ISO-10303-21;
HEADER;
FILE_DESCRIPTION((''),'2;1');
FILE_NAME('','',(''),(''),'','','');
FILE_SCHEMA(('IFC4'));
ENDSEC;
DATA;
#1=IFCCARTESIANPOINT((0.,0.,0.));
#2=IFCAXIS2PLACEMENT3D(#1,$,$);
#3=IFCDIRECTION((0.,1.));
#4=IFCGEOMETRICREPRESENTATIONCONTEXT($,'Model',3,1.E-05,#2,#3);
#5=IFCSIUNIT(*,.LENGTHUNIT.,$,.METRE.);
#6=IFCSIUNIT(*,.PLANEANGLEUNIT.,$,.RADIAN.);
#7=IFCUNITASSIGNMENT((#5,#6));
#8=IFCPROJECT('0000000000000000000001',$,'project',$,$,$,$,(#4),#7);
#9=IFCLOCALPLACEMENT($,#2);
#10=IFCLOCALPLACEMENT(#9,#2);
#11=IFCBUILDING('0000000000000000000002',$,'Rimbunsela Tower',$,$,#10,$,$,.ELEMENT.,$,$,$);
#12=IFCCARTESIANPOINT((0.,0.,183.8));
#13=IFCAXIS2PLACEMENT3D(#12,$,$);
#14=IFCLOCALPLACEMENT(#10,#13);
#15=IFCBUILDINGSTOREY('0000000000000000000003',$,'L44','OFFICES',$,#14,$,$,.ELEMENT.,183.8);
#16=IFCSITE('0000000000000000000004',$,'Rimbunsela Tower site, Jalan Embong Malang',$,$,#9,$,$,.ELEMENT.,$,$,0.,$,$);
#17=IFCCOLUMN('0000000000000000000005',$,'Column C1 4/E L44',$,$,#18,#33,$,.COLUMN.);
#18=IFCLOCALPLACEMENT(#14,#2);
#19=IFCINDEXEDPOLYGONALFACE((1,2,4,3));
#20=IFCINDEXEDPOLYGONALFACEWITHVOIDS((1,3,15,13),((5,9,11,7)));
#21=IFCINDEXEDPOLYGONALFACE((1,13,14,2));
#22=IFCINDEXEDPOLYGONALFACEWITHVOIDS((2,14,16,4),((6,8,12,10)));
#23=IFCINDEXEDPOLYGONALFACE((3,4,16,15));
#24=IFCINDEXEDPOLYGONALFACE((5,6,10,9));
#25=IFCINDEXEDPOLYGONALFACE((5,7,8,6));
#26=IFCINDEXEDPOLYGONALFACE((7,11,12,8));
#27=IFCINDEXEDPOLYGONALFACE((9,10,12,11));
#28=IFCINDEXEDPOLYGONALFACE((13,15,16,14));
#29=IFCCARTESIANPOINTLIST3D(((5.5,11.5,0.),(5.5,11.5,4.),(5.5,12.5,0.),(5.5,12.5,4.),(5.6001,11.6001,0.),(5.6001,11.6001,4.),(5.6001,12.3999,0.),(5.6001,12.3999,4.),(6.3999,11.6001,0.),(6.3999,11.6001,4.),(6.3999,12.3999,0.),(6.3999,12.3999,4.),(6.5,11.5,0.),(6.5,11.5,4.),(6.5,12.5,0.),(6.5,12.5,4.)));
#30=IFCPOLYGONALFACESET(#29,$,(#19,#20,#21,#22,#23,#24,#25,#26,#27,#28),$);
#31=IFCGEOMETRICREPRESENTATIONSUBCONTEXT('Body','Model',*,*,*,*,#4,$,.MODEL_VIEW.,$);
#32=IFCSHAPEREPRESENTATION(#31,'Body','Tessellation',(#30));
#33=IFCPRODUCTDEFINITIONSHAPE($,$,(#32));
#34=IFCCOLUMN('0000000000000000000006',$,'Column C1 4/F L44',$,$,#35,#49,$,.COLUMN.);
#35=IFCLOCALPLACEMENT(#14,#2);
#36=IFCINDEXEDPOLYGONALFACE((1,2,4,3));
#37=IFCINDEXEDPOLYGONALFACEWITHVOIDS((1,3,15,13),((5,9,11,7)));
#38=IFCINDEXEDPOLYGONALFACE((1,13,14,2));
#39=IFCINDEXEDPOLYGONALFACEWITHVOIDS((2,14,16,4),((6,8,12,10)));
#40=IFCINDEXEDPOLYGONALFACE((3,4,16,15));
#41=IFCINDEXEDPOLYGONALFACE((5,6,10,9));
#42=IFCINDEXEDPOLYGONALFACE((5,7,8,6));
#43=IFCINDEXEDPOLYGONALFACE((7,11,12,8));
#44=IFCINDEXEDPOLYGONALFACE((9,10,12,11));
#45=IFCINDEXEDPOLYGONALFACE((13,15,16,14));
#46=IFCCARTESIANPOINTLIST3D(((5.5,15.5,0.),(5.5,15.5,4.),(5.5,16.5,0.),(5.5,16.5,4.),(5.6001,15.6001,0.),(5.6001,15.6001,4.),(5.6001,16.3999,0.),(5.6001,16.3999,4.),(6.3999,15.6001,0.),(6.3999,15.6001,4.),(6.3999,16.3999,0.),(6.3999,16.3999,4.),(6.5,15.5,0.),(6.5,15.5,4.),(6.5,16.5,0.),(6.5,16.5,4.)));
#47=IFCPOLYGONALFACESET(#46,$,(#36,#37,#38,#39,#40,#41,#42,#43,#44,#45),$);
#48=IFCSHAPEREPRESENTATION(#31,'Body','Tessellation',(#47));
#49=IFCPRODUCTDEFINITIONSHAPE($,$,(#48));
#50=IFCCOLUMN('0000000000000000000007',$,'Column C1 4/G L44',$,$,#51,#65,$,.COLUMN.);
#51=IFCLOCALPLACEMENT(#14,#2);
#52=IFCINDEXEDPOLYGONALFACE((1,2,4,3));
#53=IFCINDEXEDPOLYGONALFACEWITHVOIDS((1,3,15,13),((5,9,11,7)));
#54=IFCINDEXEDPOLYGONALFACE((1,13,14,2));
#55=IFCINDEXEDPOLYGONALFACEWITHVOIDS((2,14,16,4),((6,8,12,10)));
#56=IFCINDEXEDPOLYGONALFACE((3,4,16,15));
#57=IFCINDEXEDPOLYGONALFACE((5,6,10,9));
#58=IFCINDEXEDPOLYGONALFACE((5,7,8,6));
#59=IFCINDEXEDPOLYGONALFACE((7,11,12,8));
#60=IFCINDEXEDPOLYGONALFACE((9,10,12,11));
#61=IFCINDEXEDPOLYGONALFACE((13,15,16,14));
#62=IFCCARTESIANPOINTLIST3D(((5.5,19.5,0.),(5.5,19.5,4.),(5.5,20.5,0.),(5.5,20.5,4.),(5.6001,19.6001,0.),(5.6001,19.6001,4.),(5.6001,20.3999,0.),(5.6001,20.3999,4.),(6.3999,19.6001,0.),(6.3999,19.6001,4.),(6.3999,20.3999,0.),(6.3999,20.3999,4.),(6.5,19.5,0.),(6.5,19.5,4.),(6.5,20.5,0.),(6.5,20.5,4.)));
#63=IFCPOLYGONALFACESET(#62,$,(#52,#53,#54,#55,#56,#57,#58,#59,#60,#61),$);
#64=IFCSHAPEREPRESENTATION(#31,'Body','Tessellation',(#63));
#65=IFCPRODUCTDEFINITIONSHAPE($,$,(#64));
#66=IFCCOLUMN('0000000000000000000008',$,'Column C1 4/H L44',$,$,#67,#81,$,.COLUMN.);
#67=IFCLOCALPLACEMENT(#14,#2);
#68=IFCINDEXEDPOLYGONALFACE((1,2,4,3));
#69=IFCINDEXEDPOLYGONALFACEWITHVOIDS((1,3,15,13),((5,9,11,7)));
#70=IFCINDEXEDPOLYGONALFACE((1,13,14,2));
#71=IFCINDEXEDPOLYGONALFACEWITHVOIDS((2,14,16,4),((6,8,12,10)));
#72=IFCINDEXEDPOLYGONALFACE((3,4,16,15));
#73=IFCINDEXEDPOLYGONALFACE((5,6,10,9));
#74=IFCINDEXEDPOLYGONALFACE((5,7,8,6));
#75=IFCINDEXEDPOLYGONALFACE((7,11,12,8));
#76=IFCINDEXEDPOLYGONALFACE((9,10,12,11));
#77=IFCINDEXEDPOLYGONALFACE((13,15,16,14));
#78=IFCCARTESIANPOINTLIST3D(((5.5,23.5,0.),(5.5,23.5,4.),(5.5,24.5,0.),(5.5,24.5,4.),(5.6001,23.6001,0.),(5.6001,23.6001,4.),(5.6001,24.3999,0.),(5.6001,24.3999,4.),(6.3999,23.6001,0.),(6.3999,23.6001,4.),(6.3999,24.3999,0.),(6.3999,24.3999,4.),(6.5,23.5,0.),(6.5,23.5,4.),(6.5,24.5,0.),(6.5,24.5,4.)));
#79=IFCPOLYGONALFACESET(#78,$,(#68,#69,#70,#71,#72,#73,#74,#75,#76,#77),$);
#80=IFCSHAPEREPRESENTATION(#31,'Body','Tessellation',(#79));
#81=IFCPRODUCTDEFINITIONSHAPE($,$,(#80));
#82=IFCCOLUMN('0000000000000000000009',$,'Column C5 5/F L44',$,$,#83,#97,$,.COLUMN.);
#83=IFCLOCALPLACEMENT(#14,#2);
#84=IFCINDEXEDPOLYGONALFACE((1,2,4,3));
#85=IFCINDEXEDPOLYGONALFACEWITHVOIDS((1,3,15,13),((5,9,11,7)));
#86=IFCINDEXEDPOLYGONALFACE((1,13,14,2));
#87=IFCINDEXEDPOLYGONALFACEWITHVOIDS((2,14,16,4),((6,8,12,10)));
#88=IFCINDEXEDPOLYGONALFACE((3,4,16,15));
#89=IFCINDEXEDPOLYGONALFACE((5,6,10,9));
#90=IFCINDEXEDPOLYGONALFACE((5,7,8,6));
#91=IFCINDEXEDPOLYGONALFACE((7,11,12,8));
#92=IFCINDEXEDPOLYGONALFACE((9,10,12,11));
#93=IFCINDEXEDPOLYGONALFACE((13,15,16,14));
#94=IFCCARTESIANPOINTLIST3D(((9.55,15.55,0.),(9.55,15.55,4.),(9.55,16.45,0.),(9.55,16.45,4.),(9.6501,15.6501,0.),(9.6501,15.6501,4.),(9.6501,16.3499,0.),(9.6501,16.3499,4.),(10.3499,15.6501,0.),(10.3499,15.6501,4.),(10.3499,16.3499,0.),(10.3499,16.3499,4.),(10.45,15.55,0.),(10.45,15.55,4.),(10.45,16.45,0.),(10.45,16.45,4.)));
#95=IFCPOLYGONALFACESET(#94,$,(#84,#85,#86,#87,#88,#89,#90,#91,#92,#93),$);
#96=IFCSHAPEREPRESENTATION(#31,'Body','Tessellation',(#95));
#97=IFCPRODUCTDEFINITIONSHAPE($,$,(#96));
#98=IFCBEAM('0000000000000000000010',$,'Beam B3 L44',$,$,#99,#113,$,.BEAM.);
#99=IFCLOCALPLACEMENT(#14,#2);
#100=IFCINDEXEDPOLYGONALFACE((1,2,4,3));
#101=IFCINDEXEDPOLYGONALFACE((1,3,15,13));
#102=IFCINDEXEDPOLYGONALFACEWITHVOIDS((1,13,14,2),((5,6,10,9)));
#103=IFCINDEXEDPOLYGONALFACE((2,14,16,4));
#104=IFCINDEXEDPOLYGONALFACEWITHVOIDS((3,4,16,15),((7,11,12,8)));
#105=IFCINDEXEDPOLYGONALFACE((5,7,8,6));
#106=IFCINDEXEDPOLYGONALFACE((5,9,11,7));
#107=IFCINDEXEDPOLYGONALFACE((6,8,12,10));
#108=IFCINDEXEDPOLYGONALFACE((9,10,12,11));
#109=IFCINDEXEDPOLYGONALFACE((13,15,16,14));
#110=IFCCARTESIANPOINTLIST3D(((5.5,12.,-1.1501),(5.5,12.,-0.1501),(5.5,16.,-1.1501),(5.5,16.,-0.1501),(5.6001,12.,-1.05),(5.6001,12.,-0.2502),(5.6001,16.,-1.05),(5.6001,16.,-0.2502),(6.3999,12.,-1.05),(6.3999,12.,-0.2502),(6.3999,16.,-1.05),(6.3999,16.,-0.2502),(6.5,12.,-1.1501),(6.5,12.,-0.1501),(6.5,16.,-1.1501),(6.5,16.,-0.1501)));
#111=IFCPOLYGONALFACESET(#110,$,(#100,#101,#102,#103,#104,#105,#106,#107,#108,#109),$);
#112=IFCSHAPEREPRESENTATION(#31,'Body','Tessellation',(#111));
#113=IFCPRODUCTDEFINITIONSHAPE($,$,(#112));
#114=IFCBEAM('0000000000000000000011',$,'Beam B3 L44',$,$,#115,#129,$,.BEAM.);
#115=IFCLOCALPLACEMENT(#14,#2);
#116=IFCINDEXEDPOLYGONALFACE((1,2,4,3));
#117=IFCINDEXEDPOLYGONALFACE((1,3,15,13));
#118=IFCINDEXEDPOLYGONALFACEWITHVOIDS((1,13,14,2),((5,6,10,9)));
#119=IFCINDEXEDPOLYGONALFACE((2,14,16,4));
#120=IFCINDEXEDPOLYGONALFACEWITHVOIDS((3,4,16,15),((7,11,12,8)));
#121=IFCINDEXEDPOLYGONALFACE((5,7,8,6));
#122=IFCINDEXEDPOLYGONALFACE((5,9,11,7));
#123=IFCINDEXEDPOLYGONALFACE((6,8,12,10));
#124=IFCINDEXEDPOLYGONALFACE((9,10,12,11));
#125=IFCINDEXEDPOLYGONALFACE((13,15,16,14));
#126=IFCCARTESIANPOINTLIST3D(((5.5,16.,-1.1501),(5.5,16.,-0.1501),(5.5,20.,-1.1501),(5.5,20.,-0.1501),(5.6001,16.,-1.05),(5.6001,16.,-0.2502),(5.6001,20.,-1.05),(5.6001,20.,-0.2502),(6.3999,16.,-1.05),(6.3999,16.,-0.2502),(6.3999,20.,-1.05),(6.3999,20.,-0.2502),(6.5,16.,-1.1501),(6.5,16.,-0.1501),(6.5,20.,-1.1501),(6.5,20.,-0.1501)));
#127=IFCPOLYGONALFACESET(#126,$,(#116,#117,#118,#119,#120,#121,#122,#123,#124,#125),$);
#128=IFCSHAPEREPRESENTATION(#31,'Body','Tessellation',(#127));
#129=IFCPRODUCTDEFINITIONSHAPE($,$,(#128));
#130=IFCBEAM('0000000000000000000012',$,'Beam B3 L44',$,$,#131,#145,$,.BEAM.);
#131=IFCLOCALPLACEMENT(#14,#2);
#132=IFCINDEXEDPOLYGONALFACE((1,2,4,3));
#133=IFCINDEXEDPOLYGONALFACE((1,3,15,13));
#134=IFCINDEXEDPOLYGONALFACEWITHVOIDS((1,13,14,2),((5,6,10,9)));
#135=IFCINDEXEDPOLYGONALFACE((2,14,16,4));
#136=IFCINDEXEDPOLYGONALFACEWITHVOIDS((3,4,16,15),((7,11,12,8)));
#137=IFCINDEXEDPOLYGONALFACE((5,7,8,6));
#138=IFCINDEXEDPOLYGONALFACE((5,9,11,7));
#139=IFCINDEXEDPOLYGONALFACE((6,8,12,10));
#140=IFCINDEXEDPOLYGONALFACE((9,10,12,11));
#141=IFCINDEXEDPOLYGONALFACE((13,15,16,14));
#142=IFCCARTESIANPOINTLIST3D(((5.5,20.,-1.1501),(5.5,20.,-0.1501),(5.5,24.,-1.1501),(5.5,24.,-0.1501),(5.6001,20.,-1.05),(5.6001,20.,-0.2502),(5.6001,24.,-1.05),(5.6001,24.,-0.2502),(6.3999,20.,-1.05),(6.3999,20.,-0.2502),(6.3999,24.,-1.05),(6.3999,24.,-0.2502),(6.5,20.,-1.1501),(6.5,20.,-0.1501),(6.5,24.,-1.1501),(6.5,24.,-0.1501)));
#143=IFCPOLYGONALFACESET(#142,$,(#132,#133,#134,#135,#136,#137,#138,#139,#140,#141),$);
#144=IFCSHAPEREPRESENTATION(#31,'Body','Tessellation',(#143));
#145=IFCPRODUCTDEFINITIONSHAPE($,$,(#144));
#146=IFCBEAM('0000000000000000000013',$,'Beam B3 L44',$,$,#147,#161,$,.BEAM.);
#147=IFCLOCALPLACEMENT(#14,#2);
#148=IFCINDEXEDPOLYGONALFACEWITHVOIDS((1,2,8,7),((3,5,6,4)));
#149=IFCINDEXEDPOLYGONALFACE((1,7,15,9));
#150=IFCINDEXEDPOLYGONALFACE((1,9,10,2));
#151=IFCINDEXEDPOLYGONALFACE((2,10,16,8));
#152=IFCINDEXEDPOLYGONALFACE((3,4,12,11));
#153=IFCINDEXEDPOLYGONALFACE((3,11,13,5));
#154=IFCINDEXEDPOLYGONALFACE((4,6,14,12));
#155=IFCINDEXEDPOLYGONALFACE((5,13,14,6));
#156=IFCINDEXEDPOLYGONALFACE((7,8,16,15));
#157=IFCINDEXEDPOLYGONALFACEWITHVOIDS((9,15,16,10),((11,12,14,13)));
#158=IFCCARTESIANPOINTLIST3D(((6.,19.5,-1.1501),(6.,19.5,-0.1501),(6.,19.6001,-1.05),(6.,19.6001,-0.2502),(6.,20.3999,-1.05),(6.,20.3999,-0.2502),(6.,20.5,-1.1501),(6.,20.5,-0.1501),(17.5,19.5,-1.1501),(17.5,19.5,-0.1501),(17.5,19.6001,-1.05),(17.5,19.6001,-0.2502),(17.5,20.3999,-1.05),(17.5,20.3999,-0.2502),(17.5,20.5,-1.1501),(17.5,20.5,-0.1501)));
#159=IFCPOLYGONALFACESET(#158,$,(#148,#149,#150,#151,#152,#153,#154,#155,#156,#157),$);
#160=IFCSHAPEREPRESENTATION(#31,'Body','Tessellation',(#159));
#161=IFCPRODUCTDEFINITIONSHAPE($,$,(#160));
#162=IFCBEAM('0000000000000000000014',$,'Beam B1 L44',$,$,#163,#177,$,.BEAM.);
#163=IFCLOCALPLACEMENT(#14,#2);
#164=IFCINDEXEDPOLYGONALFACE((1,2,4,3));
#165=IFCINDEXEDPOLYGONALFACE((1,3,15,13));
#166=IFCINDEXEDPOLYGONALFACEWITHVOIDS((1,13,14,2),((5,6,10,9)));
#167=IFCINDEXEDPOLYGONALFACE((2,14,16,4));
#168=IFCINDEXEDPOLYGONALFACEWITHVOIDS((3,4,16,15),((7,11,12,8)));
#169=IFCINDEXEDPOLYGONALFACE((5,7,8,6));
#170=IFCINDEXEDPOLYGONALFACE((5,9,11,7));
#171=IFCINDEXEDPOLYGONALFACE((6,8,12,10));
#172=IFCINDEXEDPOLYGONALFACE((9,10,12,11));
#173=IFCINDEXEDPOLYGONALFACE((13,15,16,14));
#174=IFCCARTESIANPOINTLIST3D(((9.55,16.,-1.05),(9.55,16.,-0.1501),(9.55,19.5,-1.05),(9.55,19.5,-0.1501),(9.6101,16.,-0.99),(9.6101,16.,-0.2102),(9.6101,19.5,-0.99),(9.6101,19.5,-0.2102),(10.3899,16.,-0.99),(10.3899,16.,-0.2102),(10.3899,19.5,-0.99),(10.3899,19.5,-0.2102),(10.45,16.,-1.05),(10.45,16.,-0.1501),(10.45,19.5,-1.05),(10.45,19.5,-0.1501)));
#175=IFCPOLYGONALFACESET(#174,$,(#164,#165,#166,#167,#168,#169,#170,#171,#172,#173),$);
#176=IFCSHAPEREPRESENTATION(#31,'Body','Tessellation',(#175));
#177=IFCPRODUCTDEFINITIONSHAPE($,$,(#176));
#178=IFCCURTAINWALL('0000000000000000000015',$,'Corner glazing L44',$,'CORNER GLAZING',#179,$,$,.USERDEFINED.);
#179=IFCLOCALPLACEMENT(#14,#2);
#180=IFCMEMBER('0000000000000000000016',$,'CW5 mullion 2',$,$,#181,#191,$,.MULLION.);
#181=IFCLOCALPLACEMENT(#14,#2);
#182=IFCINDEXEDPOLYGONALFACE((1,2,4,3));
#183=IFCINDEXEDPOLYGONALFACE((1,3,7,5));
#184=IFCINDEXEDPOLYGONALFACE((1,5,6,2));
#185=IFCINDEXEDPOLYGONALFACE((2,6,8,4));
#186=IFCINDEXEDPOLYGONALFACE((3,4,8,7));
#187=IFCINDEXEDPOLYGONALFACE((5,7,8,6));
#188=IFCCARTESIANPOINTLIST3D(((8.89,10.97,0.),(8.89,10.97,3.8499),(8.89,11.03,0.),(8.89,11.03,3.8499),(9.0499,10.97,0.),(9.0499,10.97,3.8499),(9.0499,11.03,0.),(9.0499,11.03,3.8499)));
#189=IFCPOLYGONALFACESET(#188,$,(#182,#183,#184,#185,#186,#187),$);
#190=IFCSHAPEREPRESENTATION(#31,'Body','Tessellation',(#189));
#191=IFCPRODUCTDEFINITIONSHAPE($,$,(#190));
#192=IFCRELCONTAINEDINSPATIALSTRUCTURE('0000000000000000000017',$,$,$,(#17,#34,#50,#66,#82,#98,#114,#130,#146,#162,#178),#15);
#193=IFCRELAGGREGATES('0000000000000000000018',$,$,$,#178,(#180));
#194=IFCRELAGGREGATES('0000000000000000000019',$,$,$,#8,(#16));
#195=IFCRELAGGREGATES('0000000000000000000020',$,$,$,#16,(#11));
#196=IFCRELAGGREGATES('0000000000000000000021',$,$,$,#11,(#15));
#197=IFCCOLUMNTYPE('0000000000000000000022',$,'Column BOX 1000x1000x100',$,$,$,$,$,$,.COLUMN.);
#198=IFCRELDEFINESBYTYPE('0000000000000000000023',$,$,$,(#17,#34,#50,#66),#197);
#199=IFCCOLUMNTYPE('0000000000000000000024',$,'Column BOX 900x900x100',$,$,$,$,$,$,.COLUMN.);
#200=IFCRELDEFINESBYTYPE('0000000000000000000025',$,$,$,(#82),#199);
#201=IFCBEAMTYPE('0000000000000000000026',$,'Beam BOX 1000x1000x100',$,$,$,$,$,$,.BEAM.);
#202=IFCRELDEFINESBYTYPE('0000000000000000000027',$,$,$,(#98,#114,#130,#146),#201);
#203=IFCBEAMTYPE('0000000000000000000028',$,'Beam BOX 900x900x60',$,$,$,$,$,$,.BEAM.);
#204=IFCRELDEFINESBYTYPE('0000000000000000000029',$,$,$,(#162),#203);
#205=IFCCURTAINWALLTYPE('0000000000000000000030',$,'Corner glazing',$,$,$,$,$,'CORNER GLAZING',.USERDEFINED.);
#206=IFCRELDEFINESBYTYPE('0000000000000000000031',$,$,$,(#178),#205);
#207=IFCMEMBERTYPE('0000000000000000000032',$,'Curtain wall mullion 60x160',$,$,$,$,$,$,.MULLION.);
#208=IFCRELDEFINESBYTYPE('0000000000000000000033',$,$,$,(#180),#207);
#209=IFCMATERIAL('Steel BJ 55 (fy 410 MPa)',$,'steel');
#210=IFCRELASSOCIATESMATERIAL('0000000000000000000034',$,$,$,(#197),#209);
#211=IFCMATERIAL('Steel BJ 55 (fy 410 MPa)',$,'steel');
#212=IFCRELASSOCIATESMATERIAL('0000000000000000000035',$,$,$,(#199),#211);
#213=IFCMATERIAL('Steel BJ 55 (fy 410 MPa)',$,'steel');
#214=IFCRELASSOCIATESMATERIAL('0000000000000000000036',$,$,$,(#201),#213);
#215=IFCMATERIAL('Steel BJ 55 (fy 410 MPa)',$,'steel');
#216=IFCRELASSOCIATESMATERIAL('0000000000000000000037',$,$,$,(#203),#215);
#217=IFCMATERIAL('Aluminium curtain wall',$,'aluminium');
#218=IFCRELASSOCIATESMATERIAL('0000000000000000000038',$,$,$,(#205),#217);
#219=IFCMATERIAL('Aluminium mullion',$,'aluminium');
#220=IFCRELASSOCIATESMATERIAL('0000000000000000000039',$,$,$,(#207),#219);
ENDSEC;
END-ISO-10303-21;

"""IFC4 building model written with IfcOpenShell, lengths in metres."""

from ifc_helpers import new_model, si_unit, direction, frame, origin, origin_2d, place, context, subcontext, project, spatial, rectangle, hollow_rectangle, extrude, material, material_profile, profile_set, type_object, element, aggregate, save


model = new_model("IFC4")

# Units and contexts
model_context = context("Model", 3, precision=1e-05, world=origin(), true_north=direction((0.0, 1.0)))
body_context = subcontext(model_context, "Body", "Model", "MODEL_VIEW")
ifc_project = project(units=[si_unit("LENGTHUNIT", "METRE"), si_unit("PLANEANGLEUNIT", "RADIAN")], contexts=[model_context])

# Site, building, storey
site_placement = place(None, origin())
site = spatial("IfcSite", under=ifc_project, at=site_placement, Name="Rimbunsela Tower site, Jalan Embong Malang", CompositionType="ELEMENT", RefElevation=0.0)
building_placement = place(site_placement, origin())
building = spatial("IfcBuilding", under=site, at=building_placement, Name="Rimbunsela Tower", CompositionType="ELEMENT")
storey_placement = place(building_placement, frame((0.0, 0.0, 183.8)))
storey = spatial("IfcBuildingStorey", under=building, at=storey_placement, Name="L44", Description="OFFICES", CompositionType="ELEMENT", Elevation=183.8)

# Columns
ifc_material_1 = material(Name="Steel BJ 55 (fy 410 MPa)", Category="steel")
ifc_material_profile_1 = material_profile(ifc_material_1, hollow_rectangle(XDim=1.0, YDim=1.0, WallThickness=0.1001, at=origin_2d()), Name="BOX 1000x1000x100")
ifc_profile_set_1 = profile_set([ifc_material_profile_1], Name="Steel BJ 55 (fy 410 MPa)")
column_type_1 = type_object("IfcColumnType", Name="Column BOX 1000x1000x100", PredefinedType="COLUMN", material=ifc_profile_set_1)
for number, where, z_axis, x_axis, name in (
    (1, (6.0, 12.0, 0.0), (0.0, 0.0, 1.0), (1.0, 0.0, 0.0), "Column C1 4/E L44"),
    (2, (6.0, 16.0, 0.0), (0.0, 0.0, 1.0), (1.0, 0.0, 0.0), "Column C1 4/F L44"),
    (3, (6.0, 20.0, 0.0), (0.0, 0.0, 1.0), (1.0, 0.0, 0.0), "Column C1 4/G L44"),
    (4, (6.0, 24.0, 0.0), (0.0, 0.0, 1.0), (1.0, 0.0, 0.0), "Column C1 4/H L44"),
):
    element("IfcColumn", number, at=place(storey_placement, frame(where, z_axis=z_axis, x_axis=x_axis)), inside=storey, type_object=column_type_1, Name=name, PredefinedType="COLUMN", context=body_context, shape_type="SweptSolid", body=[
        extrude(hollow_rectangle(XDim=1.0, YDim=1.0, WallThickness=0.1001, at=origin_2d()), origin(), (0.0, 0.0, 1.0), 4.0),
    ])
ifc_material_2 = material(Name="Steel BJ 55 (fy 410 MPa)", Category="steel")
ifc_material_profile_2 = material_profile(ifc_material_2, hollow_rectangle(XDim=0.8999, YDim=0.8999, WallThickness=0.1001, at=origin_2d()), Name="BOX 900x900x100")
ifc_profile_set_2 = profile_set([ifc_material_profile_2], Name="Steel BJ 55 (fy 410 MPa)")
column_type_2 = type_object("IfcColumnType", Name="Column BOX 900x900x100", PredefinedType="COLUMN", material=ifc_profile_set_2)
column_placement = place(storey_placement, frame((10.0, 16.0, 0.0), z_axis=(0.0, 0.0, 1.0), x_axis=(1.0, 0.0, 0.0)))
element("IfcColumn", 5, at=column_placement, inside=storey, type_object=column_type_2, Name="Column C5 5/F L44", PredefinedType="COLUMN", context=body_context, shape_type="SweptSolid", body=[
    extrude(hollow_rectangle(XDim=0.8999, YDim=0.8999, WallThickness=0.1001, at=origin_2d()), origin(), (0.0, 0.0, 1.0), 4.0),
])

# Beams
ifc_material_3 = material(Name="Steel BJ 55 (fy 410 MPa)", Category="steel")
ifc_material_profile_3 = material_profile(ifc_material_3, hollow_rectangle(XDim=1.0, YDim=1.0, WallThickness=0.1001, at=origin_2d()), Name="BOX 1000x1000x100")
ifc_profile_set_3 = profile_set([ifc_material_profile_3], Name="Steel BJ 55 (fy 410 MPa)")
beam_type_1 = type_object("IfcBeamType", Name="Beam BOX 1000x1000x100", PredefinedType="BEAM", material=ifc_profile_set_3)
for number, where, z_axis, x_axis, name in (
    (6, (6.0, 12.0, -0.6501), (0.0, 1.0, 0.0), (-1.0, 0.0, 0.0), "Beam B3 L44"),
    (7, (6.0, 16.0, -0.6501), (0.0, 1.0, 0.0), (-1.0, 0.0, 0.0), "Beam B3 L44"),
    (8, (6.0, 20.0, -0.6501), (0.0, 1.0, 0.0), (-1.0, 0.0, 0.0), "Beam B3 L44"),
):
    element("IfcBeam", number, at=place(storey_placement, frame(where, z_axis=z_axis, x_axis=x_axis)), inside=storey, type_object=beam_type_1, Name=name, PredefinedType="BEAM", context=body_context, shape_type="SweptSolid", body=[
        extrude(hollow_rectangle(XDim=1.0, YDim=1.0, WallThickness=0.1001, at=origin_2d()), origin(), (0.0, 0.0, 1.0), 4.0),
    ])
beam_1_placement = place(storey_placement, frame((6.0, 20.0, -0.6501), z_axis=(1.0, 0.0, 0.0), x_axis=(0.0, 1.0, 0.0)))
element("IfcBeam", 9, at=beam_1_placement, inside=storey, type_object=beam_type_1, Name="Beam B3 L44", PredefinedType="BEAM", context=body_context, shape_type="SweptSolid", body=[
    extrude(hollow_rectangle(XDim=1.0, YDim=1.0, WallThickness=0.1001, at=origin_2d()), origin(), (0.0, 0.0, 1.0), 11.5),
])
ifc_material_4 = material(Name="Steel BJ 55 (fy 410 MPa)", Category="steel")
ifc_material_profile_4 = material_profile(ifc_material_4, hollow_rectangle(XDim=0.8999, YDim=0.8999, WallThickness=0.0601, at=origin_2d()), Name="BOX 900x900x60")
ifc_profile_set_4 = profile_set([ifc_material_profile_4], Name="Steel BJ 55 (fy 410 MPa)")
beam_type_2 = type_object("IfcBeamType", Name="Beam BOX 900x900x60", PredefinedType="BEAM", material=ifc_profile_set_4)
beam_2_placement = place(storey_placement, frame((10.0, 16.0, -0.6001), z_axis=(0.0, 1.0, 0.0), x_axis=(-1.0, 0.0, 0.0)))
element("IfcBeam", 10, at=beam_2_placement, inside=storey, type_object=beam_type_2, Name="Beam B1 L44", PredefinedType="BEAM", context=body_context, shape_type="SweptSolid", body=[
    extrude(hollow_rectangle(XDim=0.8999, YDim=0.8999, WallThickness=0.0601, at=origin_2d()), origin(), (0.0, 0.0, 1.0), 3.5),
])

# Curtain wall, member
ifc_material_5 = material(Name="Aluminium curtain wall", Category="aluminium")
curtain_wall_type = type_object("IfcCurtainWallType", Name="Corner glazing", ElementType="CORNER GLAZING", PredefinedType="USERDEFINED", material=ifc_material_5)
curtain_wall_placement = place(storey_placement, origin())
curtain_wall = element("IfcCurtainWall", 11, at=curtain_wall_placement, inside=storey, type_object=curtain_wall_type, Name="Corner glazing L44", ObjectType="CORNER GLAZING", PredefinedType="USERDEFINED")
ifc_material_6 = material(Name="Aluminium mullion", Category="aluminium")
ifc_material_profile_5 = material_profile(ifc_material_6, rectangle(XDim=0.0601, YDim=0.1599, at=origin_2d()), Name="Mullion 60x160")
ifc_profile_set_5 = profile_set([ifc_material_profile_5], Name="Aluminium mullion")
member_type = type_object("IfcMemberType", Name="Curtain wall mullion 60x160", PredefinedType="MULLION", material=ifc_profile_set_5)
member_placement = place(storey_placement, frame((8.97, 11.0, 0.0), z_axis=(0.0, 0.0, 1.0), x_axis=(0.0, 1.0, 0.0)))
member = element("IfcMember", 12, at=member_placement, type_object=member_type, Name="CW5 mullion 2", PredefinedType="MULLION", context=body_context, shape_type="SweptSolid", body=[
    extrude(rectangle(XDim=0.0601, YDim=0.1599, at=origin_2d()), origin(), (0.0, 0.0, 1.0), 3.8499),
])
aggregate(curtain_wall, [member])

save(model, "model.ifc")
